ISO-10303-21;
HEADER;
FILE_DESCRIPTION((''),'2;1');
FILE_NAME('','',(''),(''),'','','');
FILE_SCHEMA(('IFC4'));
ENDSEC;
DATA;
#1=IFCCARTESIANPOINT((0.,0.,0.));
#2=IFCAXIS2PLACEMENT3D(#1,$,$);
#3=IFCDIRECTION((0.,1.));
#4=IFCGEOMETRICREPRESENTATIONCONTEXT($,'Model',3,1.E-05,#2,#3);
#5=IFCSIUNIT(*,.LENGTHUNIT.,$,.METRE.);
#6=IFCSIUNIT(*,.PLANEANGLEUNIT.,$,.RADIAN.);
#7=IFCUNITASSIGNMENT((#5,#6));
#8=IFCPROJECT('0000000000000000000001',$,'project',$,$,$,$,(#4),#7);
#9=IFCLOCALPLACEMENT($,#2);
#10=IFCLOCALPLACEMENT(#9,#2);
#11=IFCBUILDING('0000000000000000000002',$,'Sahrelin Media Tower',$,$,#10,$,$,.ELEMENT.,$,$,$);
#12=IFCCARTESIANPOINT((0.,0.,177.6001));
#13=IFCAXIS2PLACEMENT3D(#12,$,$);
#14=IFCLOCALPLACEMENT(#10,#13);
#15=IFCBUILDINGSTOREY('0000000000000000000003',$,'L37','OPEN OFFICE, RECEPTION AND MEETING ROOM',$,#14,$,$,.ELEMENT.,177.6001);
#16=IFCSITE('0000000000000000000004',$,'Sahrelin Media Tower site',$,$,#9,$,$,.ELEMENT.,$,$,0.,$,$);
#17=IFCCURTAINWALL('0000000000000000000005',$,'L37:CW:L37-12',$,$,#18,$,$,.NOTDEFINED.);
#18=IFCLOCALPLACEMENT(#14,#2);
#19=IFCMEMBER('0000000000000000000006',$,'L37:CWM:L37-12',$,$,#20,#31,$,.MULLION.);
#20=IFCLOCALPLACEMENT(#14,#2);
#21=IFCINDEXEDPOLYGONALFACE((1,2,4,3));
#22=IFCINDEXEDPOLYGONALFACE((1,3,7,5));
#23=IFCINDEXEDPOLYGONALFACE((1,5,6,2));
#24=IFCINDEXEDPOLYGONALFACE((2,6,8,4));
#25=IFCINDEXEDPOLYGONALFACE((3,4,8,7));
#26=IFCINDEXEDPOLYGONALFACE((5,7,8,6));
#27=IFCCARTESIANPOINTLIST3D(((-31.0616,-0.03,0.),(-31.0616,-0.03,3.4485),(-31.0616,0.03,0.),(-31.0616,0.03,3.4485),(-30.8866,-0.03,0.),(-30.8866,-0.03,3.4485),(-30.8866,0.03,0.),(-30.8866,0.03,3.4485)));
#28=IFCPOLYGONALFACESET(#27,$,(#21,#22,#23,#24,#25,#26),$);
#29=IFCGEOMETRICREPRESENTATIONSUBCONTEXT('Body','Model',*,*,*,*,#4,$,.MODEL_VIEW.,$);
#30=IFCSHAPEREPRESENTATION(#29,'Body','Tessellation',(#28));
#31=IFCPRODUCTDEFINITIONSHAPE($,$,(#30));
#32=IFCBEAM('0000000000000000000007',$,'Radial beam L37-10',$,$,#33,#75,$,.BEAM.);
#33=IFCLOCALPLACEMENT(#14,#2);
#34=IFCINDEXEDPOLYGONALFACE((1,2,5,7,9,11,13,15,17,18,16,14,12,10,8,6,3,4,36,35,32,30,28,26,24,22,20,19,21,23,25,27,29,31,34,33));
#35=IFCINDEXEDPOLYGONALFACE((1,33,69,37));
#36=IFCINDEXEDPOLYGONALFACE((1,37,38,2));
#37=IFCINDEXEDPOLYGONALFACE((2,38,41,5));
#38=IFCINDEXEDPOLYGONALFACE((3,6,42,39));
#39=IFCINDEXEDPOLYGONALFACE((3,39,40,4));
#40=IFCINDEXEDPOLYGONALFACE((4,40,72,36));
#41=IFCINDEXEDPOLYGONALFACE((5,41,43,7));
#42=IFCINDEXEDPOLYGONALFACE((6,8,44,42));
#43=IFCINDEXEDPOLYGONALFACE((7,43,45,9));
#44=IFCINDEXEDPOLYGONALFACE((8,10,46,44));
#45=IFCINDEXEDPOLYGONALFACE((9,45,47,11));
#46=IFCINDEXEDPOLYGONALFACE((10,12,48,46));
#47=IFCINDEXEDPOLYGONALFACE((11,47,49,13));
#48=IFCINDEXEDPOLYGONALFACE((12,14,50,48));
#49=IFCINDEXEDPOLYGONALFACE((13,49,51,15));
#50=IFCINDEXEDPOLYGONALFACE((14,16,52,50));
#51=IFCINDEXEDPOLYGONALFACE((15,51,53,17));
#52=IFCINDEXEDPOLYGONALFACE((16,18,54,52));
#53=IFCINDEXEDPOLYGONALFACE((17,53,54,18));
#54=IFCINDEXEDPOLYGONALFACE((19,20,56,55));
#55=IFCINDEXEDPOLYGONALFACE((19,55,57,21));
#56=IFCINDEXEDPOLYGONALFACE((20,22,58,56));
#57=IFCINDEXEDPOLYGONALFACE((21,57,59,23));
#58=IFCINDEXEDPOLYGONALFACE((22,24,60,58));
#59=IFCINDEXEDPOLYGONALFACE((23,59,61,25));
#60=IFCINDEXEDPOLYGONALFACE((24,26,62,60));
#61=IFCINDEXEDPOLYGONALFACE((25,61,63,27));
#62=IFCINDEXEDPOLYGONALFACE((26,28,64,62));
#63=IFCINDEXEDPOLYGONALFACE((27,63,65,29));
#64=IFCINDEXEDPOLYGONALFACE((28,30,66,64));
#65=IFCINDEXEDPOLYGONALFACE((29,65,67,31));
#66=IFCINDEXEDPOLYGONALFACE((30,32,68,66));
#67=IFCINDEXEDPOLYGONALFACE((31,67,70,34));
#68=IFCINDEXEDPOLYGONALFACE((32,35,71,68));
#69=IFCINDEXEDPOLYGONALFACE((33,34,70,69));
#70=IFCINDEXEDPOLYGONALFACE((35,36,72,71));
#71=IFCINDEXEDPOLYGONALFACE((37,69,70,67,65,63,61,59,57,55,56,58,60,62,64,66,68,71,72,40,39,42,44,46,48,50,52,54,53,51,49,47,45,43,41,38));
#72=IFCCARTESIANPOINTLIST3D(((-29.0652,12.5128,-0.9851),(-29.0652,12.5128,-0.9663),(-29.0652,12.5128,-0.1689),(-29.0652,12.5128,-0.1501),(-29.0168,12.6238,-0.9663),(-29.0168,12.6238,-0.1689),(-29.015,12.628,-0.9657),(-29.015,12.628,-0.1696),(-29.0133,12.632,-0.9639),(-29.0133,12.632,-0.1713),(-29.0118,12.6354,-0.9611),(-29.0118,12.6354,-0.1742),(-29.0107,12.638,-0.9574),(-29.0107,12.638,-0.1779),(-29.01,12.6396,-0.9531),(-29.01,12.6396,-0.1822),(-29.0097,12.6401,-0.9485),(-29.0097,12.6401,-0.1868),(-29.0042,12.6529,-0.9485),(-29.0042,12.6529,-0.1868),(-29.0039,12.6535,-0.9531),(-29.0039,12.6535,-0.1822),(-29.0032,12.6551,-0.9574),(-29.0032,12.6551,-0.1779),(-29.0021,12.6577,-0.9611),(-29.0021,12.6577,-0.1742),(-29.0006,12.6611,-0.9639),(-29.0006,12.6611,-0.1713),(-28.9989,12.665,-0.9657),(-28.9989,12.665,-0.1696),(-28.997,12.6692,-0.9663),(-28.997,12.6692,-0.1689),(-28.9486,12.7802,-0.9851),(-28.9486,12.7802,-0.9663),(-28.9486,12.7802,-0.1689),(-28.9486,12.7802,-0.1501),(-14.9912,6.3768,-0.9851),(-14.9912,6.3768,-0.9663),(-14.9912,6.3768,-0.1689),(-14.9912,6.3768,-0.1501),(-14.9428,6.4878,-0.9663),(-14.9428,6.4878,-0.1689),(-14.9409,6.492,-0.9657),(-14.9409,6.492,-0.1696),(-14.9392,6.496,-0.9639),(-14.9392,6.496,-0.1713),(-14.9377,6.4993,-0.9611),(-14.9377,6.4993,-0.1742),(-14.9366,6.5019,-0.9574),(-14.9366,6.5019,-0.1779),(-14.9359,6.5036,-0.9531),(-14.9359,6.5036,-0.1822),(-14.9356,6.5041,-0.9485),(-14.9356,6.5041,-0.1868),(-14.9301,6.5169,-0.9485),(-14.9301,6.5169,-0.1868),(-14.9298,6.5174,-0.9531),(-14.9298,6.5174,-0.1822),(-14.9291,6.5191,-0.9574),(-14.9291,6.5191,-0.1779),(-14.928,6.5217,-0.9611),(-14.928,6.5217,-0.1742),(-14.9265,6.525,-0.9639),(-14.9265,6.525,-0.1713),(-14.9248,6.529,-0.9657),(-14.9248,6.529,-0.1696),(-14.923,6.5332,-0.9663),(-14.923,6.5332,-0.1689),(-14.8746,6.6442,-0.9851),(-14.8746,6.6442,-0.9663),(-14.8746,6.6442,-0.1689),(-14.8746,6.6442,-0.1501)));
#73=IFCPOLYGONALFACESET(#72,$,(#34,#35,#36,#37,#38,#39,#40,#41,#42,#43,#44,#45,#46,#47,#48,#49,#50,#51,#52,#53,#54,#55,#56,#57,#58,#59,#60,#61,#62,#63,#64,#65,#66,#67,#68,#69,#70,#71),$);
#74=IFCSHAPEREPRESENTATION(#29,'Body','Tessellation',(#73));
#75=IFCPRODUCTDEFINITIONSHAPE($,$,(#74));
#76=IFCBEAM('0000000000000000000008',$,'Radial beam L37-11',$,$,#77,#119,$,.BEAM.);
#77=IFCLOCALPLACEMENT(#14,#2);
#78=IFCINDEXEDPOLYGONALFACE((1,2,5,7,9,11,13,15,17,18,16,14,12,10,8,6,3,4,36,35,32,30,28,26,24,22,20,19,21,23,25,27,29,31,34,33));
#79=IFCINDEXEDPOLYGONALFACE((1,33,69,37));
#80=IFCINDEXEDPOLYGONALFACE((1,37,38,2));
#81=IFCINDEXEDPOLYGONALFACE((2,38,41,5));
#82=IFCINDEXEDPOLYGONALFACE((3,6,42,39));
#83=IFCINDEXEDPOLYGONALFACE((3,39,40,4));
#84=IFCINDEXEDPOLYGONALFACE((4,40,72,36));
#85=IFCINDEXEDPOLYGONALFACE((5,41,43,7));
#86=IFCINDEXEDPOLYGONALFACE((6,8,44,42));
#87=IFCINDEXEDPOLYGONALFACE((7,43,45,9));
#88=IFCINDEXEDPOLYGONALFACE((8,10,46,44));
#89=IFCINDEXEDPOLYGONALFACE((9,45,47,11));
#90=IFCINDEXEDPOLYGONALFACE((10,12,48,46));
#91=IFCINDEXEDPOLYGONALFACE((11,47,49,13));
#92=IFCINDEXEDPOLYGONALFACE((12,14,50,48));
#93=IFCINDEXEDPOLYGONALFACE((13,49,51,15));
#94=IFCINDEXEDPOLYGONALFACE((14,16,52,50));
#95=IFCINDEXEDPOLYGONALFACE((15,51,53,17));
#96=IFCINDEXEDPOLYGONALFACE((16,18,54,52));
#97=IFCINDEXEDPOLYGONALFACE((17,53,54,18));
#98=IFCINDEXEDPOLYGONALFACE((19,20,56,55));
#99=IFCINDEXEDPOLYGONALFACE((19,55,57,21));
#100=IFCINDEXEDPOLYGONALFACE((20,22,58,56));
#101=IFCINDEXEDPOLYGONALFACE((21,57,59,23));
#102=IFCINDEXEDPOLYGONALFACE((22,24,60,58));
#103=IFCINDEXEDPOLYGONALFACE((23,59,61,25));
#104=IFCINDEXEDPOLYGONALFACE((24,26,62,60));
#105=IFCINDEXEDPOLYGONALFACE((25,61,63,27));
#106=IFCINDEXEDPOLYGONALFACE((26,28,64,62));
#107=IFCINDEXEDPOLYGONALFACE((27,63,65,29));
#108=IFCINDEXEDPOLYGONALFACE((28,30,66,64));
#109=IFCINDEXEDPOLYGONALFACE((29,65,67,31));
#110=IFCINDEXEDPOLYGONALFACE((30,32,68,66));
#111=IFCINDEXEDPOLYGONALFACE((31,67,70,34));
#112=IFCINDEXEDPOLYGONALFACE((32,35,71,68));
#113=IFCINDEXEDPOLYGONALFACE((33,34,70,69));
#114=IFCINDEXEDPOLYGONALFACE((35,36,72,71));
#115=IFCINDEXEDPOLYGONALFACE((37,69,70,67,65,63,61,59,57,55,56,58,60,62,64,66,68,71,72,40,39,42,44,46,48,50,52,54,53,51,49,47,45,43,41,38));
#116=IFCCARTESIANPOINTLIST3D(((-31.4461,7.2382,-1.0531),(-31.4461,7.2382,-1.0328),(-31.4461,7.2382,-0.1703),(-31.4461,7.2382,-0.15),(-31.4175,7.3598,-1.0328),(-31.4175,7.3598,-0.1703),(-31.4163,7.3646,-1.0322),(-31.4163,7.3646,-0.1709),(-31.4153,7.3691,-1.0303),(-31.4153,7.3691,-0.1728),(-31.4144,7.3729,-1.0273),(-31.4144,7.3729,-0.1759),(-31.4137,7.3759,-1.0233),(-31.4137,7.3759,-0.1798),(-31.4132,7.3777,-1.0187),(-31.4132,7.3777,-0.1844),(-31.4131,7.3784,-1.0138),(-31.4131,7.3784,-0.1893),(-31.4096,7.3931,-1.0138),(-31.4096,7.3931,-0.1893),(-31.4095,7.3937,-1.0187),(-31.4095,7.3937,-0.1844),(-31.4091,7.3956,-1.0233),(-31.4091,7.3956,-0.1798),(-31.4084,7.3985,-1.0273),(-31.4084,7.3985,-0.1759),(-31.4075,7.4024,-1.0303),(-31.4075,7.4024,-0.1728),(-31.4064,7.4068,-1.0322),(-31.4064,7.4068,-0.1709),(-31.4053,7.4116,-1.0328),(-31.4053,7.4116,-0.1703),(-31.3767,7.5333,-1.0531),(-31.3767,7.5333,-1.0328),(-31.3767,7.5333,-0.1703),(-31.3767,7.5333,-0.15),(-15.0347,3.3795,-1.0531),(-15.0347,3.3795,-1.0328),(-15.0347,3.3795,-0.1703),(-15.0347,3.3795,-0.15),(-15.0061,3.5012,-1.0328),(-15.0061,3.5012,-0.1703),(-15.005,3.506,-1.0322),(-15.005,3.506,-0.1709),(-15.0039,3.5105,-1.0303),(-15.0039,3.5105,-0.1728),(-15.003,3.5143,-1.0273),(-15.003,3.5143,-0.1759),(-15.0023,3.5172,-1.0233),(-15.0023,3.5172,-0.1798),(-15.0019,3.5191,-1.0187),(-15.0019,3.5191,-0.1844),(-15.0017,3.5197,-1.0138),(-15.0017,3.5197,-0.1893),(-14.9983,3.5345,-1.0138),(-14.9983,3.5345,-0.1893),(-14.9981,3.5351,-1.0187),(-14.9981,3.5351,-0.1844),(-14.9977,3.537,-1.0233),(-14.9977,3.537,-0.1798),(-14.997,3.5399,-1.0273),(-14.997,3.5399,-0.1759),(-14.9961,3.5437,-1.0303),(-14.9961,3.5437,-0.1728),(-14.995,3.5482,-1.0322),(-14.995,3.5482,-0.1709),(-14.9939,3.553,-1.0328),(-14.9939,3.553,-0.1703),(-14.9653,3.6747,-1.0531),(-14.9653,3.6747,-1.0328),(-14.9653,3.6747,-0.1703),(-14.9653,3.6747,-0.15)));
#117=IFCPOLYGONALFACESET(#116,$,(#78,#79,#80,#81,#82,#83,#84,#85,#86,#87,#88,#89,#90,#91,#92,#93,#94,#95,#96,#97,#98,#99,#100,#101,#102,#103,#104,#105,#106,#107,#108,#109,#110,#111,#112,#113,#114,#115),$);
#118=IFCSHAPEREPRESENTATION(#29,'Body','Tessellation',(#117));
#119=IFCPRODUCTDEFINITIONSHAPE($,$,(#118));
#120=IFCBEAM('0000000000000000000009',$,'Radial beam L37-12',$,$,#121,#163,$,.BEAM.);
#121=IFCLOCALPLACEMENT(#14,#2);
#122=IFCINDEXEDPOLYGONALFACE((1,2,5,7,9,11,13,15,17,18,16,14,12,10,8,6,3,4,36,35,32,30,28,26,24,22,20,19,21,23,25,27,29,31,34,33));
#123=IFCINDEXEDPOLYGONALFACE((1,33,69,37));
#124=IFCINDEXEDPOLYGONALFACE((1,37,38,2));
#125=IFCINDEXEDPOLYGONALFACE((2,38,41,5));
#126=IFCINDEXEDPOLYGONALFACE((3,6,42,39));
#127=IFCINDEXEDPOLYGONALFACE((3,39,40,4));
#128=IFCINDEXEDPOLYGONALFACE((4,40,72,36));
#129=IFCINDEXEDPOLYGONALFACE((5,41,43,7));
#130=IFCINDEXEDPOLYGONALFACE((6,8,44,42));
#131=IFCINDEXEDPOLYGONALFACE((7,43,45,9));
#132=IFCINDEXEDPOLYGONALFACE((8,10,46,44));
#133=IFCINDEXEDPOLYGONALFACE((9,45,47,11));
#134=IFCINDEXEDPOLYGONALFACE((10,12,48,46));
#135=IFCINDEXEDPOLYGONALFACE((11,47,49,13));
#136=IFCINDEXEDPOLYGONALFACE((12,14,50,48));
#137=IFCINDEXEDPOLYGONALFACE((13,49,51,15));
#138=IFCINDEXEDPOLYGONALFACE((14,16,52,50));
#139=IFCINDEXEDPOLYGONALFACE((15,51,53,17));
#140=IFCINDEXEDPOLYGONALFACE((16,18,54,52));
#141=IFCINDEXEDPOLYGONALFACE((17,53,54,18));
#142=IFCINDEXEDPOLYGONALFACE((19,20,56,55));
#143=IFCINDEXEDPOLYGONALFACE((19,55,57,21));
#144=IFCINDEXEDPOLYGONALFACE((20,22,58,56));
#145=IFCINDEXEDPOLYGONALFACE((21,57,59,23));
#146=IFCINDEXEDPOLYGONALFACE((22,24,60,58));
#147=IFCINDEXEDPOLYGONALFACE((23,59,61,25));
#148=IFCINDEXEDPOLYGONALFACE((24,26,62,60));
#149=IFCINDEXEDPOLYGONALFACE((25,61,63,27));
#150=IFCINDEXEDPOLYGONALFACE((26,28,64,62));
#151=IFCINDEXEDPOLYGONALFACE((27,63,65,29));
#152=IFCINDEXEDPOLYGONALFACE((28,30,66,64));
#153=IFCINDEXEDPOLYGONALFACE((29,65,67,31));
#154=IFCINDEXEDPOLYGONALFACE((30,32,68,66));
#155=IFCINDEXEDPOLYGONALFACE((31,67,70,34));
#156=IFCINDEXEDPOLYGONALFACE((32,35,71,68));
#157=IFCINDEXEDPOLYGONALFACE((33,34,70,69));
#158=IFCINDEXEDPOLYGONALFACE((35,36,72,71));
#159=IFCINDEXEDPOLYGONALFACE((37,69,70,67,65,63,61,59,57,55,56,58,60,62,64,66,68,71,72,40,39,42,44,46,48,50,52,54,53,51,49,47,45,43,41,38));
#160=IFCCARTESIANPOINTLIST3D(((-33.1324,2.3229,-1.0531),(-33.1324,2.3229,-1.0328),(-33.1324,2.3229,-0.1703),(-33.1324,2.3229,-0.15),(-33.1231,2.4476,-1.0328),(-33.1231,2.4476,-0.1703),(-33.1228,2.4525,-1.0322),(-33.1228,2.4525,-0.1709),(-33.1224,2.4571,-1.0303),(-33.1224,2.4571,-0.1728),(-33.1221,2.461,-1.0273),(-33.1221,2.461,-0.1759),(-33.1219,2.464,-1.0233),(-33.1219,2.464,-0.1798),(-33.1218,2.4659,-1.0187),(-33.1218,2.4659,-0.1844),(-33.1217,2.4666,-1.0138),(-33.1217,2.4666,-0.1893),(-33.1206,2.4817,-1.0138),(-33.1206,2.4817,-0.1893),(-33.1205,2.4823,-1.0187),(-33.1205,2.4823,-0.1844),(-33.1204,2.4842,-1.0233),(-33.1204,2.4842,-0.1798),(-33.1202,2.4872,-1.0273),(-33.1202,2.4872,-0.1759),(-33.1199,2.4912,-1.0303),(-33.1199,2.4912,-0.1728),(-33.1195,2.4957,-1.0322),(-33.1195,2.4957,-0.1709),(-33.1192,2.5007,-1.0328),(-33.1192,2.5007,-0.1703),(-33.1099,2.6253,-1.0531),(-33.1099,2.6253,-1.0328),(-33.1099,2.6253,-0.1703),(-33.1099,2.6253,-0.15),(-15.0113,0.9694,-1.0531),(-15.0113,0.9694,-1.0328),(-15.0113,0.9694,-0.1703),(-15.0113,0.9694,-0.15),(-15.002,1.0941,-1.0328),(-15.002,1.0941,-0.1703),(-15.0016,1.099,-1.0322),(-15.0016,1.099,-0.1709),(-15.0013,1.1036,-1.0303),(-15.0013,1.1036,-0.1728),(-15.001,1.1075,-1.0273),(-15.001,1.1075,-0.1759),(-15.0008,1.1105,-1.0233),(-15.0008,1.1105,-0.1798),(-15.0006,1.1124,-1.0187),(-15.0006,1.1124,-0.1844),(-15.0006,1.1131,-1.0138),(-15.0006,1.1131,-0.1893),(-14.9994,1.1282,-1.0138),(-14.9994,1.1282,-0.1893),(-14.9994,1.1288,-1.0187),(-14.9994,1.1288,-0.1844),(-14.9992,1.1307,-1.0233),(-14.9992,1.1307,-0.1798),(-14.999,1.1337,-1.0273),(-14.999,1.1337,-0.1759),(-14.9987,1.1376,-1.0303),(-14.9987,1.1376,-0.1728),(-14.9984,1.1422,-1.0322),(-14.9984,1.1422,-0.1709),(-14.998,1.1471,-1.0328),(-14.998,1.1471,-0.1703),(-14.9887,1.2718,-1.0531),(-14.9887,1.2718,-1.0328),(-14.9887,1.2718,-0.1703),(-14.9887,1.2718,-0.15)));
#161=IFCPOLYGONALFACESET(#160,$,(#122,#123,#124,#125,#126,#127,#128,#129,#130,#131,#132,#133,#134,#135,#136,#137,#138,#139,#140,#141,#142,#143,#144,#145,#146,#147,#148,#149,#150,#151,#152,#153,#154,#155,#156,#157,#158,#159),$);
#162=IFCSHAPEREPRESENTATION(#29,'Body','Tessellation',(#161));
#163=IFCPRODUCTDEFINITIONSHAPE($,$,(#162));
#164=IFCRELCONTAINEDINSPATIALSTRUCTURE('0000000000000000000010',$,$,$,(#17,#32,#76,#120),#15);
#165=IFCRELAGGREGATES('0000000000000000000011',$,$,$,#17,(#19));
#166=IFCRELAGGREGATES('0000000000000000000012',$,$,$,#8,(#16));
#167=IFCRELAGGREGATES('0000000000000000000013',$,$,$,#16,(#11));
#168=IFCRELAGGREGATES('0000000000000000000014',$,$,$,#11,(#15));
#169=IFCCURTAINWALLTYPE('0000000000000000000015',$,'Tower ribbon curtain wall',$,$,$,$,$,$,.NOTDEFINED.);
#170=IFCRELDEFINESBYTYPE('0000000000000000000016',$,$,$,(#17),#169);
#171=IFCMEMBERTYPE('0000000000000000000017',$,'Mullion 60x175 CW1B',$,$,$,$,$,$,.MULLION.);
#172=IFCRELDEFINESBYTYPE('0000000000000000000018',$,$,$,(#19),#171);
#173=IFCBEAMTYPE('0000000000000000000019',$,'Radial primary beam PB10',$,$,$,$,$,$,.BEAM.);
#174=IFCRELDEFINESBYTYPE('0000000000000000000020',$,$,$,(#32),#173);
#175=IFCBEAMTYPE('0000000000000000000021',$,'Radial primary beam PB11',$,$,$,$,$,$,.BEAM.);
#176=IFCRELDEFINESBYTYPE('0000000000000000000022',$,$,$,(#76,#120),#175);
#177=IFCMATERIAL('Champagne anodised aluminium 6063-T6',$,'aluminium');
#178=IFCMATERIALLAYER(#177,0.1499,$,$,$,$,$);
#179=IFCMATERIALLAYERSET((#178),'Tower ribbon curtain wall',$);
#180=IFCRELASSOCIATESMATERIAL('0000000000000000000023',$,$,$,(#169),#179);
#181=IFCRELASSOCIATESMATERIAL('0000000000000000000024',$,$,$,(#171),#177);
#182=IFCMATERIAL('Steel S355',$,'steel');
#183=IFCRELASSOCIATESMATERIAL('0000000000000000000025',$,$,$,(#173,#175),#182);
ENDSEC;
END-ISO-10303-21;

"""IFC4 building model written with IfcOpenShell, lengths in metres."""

from ifc_helpers import new_model, si_unit, direction, frame, origin, origin_2d, place, context, subcontext, project, spatial, rectangle, i_section, extrude, material, layer, layer_set, material_profile, profile_set, type_object, element, aggregate, save


model = new_model("IFC4")

# Units and contexts
model_context = context("Model", 3, precision=1e-05, world=origin(), true_north=direction((0.0, 1.0)))
body_context = subcontext(model_context, "Body", "Model", "MODEL_VIEW")
ifc_project = project(units=[si_unit("LENGTHUNIT", "METRE"), si_unit("PLANEANGLEUNIT", "RADIAN")], contexts=[model_context])

# Site, building, storey
site_placement = place(None, origin())
site = spatial("IfcSite", under=ifc_project, at=site_placement, Name="Sahrelin Media Tower site", CompositionType="ELEMENT", RefElevation=0.0)
building_placement = place(site_placement, origin())
building = spatial("IfcBuilding", under=site, at=building_placement, Name="Sahrelin Media Tower", CompositionType="ELEMENT")
storey_placement = place(building_placement, frame((0.0, 0.0, 177.6001)))
storey = spatial("IfcBuildingStorey", under=building, at=storey_placement, Name="L37", Description="OPEN OFFICE, RECEPTION AND MEETING ROOM", CompositionType="ELEMENT", Elevation=177.6001)

# Curtain wall, member
ifc_material_1 = material(Name="Champagne anodised aluminium 6063-T6", Category="aluminium")
ifc_layer_1 = layer(ifc_material_1, 0.1499)
ifc_layer_set_1 = layer_set([ifc_layer_1], Name="Tower ribbon curtain wall")
curtain_wall_type = type_object("IfcCurtainWallType", Name="Tower ribbon curtain wall", PredefinedType="NOTDEFINED", material=ifc_layer_set_1)
curtain_wall_placement = place(storey_placement, frame((-31.0818, 0.0, 0.0), z_axis=(0.0, 0.0, 1.0), x_axis=(1.0, 0.0, 0.0)))
curtain_wall = element("IfcCurtainWall", 1, at=curtain_wall_placement, inside=storey, type_object=curtain_wall_type, Name="L37:CW:L37-12", PredefinedType="NOTDEFINED")
ifc_material_profile_1 = material_profile(ifc_material_1, rectangle(XDim=0.0601, YDim=0.175, at=origin_2d()), Name="Mullion 60x175")
ifc_profile_set_1 = profile_set([ifc_material_profile_1], Name="Champagne anodised aluminium 6063-T6")
member_type_1 = type_object("IfcMemberType", Name="Mullion 60x175 CW1B", PredefinedType="MULLION", material=ifc_profile_set_1)
member_1_placement = place(storey_placement, frame((-30.9741, 0.0, 0.0), z_axis=(0.0, 0.0, 1.0), x_axis=(0.0, -1.0, 0.0)))
member_1 = element("IfcMember", 2, at=member_1_placement, type_object=member_type_1, Name="L37:CWM:L37-12", PredefinedType="MULLION", context=body_context, shape_type="SweptSolid", body=[
    extrude(rectangle(XDim=0.0601, YDim=0.175, at=origin_2d()), origin(), (0.0, 0.0, 1.0), 3.4485),
])

# Beams
ifc_material_2 = material(Name="Steel S355", Category="steel")
ifc_material_profile_2 = material_profile(ifc_material_2, i_section(OverallWidth=0.2917, OverallDepth=0.835, WebThickness=0.0139, FlangeThickness=0.0188, FilletRadius=0.0178, at=origin_2d()), Name="UB 838x292x176")
ifc_profile_set_2 = profile_set([ifc_material_profile_2], Name="Steel S355")
beam_type_1 = type_object("IfcBeamType", Name="Radial primary beam PB10", PredefinedType="BEAM", material=ifc_profile_set_2)
beam_1_placement = place(storey_placement, frame((-14.9329, 6.5105, -0.5676), z_axis=(-0.916668, 0.39965, 0.0), x_axis=(-0.39965, -0.916668, 0.0)))
element("IfcBeam", 3, at=beam_1_placement, inside=storey, type_object=beam_type_1, Name="Radial beam L37-10", PredefinedType="BEAM", context=body_context, shape_type="SweptSolid", body=[
    extrude(i_section(OverallWidth=0.2917, OverallDepth=0.835, WebThickness=0.0139, FlangeThickness=0.0188, FilletRadius=0.0178, at=origin_2d()), origin(), (0.0, 0.0, 1.0), 15.3535),
])
ifc_material_profile_3 = material_profile(ifc_material_2, i_section(OverallWidth=0.3032, OverallDepth=0.9031, WebThickness=0.0151, FlangeThickness=0.0203, FilletRadius=0.019, at=origin_2d()), Name="UB 914x305x201")
ifc_profile_set_3 = profile_set([ifc_material_profile_3], Name="Steel S355")
beam_type_2 = type_object("IfcBeamType", Name="Radial primary beam PB11", PredefinedType="BEAM", material=ifc_profile_set_3)
beam_2_placement = place(storey_placement, frame((-15.0, 3.5271, -0.6016), z_axis=(-0.973455, 0.228879, 0.0), x_axis=(-0.228879, -0.973455, 0.0)))
element("IfcBeam", 4, at=beam_2_placement, inside=storey, type_object=beam_type_2, Name="Radial beam L37-11", PredefinedType="BEAM", context=body_context, shape_type="SweptSolid", body=[
    extrude(i_section(OverallWidth=0.3032, OverallDepth=0.9031, WebThickness=0.0151, FlangeThickness=0.0203, FilletRadius=0.019, at=origin_2d()), origin(), (0.0, 0.0, 1.0), 16.8589),
])
for number, where, z_axis, x_axis, name in (
    (5, (-15.0, 1.1206, -0.6016), (-0.997222, 0.074485, 0.0), (-0.074485, -0.997222, 0.0), "Radial beam L37-12"),
):
    element("IfcBeam", number, at=place(storey_placement, frame(where, z_axis=z_axis, x_axis=x_axis)), inside=storey, type_object=beam_type_2, Name=name, PredefinedType="BEAM", context=body_context, shape_type="SweptSolid", body=[
        extrude(i_section(OverallWidth=0.3032, OverallDepth=0.9031, WebThickness=0.0151, FlangeThickness=0.0203, FilletRadius=0.019, at=origin_2d()), origin(), (0.0, 0.0, 1.0), 18.1716),
    ])

aggregate(curtain_wall, [member_1])

save(model, "model.ifc")
